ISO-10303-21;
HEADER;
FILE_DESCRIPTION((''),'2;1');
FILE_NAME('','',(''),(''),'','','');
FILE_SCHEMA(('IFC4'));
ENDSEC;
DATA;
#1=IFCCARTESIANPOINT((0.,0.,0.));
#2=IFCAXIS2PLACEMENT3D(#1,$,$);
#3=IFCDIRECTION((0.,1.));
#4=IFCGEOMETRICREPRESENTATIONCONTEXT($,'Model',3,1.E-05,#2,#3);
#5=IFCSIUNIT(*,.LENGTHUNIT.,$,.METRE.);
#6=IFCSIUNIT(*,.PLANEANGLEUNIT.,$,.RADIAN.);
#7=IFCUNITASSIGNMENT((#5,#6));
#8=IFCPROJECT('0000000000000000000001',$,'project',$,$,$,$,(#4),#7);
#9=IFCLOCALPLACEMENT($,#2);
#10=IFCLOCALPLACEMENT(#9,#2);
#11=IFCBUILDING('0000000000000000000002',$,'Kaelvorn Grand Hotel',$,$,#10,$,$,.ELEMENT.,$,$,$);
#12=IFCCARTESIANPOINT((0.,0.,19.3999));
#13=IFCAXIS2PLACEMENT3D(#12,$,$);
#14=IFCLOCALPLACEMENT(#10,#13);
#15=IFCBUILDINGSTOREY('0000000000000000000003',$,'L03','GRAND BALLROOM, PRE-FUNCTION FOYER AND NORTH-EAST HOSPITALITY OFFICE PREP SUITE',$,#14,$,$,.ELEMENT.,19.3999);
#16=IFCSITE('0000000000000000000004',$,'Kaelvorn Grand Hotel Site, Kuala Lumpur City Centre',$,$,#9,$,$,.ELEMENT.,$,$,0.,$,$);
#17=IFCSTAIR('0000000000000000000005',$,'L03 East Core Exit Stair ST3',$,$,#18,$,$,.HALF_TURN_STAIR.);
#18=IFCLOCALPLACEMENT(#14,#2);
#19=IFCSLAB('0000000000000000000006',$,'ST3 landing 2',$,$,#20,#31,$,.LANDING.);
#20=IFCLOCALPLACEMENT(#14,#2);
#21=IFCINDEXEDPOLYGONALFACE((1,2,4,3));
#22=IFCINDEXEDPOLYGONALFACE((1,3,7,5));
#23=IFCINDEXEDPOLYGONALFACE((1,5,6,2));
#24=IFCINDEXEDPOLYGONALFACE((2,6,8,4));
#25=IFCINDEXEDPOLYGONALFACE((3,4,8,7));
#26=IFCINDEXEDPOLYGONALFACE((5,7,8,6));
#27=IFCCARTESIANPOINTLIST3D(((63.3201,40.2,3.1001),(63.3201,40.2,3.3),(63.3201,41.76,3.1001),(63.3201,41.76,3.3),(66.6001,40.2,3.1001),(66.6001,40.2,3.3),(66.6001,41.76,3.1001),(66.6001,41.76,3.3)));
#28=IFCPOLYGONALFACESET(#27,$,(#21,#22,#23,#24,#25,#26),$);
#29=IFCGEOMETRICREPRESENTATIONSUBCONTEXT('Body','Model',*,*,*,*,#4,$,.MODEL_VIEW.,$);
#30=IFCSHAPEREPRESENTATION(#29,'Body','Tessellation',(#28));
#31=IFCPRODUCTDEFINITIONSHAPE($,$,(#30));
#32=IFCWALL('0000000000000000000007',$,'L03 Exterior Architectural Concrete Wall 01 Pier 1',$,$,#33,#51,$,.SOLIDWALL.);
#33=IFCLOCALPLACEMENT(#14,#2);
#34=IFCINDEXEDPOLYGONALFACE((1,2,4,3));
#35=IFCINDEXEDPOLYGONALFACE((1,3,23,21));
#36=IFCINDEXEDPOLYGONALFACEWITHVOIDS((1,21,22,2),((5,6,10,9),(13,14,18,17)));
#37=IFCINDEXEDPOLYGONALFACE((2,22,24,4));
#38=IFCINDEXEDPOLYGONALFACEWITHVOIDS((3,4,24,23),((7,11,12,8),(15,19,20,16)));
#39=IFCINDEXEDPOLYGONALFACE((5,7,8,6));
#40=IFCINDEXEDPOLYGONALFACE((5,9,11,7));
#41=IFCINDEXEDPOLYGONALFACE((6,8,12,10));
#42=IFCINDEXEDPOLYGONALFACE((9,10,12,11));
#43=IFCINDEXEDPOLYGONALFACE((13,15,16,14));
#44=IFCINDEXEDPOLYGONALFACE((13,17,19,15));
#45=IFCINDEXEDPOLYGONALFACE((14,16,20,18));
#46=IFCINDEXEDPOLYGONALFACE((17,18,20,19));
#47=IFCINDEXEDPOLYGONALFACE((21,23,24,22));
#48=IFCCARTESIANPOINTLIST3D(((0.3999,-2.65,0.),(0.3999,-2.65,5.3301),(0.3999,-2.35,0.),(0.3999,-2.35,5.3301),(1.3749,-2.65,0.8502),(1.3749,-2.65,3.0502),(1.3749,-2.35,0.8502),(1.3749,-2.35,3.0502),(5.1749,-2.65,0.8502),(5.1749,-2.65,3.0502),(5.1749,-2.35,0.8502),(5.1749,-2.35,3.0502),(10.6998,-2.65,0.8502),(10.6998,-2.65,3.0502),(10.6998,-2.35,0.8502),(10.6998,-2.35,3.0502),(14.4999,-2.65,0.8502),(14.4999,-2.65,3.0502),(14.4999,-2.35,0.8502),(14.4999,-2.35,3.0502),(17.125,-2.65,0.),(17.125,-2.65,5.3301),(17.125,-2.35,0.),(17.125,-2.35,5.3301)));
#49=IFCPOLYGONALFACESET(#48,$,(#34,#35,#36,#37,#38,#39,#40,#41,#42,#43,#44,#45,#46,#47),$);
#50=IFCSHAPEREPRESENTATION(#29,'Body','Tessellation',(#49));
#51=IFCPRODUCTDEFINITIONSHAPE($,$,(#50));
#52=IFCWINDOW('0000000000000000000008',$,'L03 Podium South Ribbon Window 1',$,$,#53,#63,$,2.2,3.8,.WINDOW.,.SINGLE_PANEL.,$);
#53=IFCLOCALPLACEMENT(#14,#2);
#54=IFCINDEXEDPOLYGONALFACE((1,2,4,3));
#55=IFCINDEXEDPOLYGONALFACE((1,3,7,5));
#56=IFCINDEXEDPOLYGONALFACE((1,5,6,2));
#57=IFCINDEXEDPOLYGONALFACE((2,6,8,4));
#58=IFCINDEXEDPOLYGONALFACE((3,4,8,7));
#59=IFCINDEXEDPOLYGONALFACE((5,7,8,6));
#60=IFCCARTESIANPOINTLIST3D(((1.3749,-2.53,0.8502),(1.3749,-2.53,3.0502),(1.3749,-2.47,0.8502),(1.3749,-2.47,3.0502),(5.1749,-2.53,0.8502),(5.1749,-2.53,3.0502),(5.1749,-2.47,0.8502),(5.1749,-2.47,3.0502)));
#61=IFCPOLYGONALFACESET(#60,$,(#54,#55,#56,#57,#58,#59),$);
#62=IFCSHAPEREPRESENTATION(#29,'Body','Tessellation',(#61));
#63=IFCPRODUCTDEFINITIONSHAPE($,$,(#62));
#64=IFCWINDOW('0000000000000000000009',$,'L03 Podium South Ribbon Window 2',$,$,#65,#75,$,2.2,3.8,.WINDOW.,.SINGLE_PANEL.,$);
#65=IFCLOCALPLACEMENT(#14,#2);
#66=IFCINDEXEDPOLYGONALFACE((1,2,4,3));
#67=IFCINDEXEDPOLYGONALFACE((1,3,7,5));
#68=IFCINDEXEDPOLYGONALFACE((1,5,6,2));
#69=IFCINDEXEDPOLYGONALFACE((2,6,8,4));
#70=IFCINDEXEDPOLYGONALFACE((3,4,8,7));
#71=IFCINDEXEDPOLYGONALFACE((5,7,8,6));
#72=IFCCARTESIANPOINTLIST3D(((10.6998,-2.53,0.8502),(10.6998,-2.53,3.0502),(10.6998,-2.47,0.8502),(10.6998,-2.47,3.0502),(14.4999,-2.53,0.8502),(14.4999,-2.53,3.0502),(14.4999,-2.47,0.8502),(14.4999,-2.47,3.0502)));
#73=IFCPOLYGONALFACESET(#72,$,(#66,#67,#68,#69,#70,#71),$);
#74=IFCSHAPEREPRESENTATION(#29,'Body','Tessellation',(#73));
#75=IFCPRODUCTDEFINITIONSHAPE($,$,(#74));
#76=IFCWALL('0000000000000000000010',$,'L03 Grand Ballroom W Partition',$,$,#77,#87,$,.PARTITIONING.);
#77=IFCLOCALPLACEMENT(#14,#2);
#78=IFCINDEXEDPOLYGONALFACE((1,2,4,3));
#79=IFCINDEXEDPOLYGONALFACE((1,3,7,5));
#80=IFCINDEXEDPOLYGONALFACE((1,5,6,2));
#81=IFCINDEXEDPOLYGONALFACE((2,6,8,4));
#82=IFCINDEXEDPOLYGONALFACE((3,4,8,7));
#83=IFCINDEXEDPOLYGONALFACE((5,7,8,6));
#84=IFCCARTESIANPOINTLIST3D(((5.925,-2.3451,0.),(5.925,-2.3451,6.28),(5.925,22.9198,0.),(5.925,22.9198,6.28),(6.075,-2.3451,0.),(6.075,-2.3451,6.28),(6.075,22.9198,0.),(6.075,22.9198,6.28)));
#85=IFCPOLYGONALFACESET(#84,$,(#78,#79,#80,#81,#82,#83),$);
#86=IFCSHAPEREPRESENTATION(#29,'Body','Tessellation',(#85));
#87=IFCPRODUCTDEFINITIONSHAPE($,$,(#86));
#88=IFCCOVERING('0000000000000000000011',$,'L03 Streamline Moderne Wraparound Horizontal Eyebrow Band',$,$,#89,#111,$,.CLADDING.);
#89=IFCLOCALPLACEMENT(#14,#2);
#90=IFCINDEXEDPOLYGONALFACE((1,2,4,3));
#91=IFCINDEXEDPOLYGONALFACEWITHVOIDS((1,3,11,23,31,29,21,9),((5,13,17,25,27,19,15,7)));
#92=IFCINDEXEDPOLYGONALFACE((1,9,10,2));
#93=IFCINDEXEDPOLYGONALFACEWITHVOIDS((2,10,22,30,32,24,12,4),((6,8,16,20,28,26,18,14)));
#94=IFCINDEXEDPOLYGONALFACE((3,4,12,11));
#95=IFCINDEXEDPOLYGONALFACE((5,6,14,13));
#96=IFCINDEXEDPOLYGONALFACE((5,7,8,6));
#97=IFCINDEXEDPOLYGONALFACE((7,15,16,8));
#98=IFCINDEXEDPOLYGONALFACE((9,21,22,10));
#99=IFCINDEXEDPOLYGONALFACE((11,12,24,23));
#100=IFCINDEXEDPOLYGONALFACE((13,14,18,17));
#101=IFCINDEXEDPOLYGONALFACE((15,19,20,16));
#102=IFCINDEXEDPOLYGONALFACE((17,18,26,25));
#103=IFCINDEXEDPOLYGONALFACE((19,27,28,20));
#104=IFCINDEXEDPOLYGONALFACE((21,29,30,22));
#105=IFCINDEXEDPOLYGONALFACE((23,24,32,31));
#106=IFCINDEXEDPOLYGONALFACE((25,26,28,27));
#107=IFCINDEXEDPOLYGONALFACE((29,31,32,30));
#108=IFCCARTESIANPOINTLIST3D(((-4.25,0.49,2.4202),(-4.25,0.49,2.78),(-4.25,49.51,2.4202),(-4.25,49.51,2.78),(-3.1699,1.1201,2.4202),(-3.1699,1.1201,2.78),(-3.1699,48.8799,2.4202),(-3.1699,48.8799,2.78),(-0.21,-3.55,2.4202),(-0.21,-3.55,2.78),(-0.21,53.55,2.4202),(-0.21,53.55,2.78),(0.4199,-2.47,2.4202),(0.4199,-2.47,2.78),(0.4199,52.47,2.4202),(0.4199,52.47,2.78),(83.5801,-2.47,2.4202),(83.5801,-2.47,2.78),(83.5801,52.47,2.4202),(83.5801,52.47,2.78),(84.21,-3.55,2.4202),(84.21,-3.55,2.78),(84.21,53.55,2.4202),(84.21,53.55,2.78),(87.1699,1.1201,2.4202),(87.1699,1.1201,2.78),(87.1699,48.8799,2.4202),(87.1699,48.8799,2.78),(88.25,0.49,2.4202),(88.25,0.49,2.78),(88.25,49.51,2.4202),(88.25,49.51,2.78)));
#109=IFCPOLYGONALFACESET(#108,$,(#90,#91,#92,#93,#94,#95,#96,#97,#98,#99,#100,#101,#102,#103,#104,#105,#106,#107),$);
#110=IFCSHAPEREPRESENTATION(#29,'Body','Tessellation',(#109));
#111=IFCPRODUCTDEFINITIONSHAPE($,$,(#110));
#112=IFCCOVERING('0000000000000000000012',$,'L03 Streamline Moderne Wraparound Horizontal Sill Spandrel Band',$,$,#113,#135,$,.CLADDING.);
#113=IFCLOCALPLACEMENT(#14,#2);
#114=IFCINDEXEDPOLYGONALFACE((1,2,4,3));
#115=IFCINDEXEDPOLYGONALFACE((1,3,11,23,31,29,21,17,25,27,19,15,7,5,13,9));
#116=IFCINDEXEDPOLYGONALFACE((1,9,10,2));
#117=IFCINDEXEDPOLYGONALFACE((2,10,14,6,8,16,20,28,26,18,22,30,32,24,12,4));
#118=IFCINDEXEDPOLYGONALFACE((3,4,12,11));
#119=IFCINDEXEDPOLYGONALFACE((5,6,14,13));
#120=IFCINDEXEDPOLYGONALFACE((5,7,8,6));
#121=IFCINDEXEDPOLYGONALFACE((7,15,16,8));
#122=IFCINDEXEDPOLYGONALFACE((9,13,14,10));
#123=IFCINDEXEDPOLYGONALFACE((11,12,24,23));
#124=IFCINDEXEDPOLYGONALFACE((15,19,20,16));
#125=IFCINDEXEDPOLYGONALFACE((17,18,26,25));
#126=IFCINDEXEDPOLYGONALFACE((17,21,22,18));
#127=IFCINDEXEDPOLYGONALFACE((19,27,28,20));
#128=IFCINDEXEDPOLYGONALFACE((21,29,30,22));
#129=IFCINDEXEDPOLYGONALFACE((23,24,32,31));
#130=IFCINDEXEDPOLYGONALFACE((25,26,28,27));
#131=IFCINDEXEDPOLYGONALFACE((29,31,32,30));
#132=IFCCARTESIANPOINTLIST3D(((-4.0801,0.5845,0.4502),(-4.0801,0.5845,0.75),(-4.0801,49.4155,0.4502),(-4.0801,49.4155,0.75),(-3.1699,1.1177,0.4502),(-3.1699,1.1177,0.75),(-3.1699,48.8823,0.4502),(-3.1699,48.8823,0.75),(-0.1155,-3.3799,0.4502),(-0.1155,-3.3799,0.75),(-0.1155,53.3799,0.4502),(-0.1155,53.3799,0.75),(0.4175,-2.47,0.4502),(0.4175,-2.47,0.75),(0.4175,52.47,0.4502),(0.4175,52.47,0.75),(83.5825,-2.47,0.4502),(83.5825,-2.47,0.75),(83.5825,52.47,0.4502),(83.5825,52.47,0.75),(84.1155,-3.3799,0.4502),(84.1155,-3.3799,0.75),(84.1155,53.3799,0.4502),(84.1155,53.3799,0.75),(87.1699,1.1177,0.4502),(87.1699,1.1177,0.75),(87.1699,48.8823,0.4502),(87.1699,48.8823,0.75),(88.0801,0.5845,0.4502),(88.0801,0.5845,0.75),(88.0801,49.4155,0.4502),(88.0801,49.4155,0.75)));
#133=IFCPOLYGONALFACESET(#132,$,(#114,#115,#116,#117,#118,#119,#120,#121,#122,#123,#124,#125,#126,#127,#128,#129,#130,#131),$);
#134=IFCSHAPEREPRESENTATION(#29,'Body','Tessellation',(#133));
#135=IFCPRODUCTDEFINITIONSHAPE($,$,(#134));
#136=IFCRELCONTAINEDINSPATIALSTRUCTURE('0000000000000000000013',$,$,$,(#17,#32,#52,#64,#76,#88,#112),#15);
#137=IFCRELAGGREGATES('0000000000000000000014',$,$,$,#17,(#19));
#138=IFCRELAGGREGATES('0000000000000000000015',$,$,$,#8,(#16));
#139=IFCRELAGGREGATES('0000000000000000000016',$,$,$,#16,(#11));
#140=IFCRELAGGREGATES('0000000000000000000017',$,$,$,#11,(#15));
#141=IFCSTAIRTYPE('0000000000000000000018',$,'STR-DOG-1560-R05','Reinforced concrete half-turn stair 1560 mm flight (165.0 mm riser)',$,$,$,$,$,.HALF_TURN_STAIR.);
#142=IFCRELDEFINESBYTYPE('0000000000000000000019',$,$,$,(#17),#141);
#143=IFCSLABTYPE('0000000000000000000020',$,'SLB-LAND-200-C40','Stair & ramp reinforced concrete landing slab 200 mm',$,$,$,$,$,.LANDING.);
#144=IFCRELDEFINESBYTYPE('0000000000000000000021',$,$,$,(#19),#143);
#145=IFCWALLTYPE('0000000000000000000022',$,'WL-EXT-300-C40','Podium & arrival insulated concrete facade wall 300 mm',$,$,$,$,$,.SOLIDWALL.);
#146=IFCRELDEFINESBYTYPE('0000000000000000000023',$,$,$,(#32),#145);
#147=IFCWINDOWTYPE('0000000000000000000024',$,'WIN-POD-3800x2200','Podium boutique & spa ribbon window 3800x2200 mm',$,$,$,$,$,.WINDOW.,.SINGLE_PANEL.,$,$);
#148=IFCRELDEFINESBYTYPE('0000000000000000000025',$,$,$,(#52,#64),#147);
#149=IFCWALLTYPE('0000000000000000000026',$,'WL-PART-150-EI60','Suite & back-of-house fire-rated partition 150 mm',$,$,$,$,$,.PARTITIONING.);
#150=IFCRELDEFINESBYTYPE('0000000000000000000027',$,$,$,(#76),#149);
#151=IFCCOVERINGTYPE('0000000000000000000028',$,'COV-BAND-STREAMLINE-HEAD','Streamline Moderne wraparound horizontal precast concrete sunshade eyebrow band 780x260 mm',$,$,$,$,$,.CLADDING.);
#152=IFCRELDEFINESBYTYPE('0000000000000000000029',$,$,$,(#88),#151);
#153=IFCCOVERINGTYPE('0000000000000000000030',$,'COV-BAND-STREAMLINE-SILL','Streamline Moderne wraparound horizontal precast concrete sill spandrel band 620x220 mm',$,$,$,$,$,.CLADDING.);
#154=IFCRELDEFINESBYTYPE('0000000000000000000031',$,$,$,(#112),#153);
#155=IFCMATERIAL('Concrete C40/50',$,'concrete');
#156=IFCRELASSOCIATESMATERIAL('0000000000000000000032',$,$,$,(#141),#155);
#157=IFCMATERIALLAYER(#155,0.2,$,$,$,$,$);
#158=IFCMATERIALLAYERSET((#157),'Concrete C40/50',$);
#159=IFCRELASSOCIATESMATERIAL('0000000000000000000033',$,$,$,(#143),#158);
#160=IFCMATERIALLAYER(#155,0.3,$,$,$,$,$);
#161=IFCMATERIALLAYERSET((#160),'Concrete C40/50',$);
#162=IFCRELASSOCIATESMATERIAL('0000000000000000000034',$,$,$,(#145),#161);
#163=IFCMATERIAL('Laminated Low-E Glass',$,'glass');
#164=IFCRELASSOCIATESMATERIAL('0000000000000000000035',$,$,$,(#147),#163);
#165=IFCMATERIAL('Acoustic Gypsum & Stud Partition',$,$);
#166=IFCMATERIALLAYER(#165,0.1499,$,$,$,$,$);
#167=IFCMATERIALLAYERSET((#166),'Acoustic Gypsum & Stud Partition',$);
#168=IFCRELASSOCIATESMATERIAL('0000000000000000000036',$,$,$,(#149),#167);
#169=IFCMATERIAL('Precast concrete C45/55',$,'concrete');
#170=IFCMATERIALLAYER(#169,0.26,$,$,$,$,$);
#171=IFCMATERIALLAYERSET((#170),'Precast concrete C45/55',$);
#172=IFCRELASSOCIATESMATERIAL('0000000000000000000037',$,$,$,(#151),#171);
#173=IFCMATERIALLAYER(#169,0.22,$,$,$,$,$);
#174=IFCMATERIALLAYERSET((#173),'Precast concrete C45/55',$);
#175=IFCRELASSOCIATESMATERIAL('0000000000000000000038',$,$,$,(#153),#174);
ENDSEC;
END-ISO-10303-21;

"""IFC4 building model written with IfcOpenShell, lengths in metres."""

from ifc_helpers import new_model, si_unit, direction, frame, frame_2d, origin, place, context, subcontext, project, spatial, polyline, rectangle, outline, extrude, material, layer, layer_set, type_object, element, fill, aggregate, save


model = new_model("IFC4")

# Units and contexts
model_context = context("Model", 3, precision=1e-05, world=origin(), true_north=direction((0.0, 1.0)))
body_context = subcontext(model_context, "Body", "Model", "MODEL_VIEW")
ifc_project = project(units=[si_unit("LENGTHUNIT", "METRE"), si_unit("PLANEANGLEUNIT", "RADIAN")], contexts=[model_context])

# Site, building, storey
site_placement = place(None, origin())
site = spatial("IfcSite", under=ifc_project, at=site_placement, Name="Kaelvorn Grand Hotel Site, Kuala Lumpur City Centre", CompositionType="ELEMENT", RefElevation=0.0)
building_placement = place(site_placement, origin())
building = spatial("IfcBuilding", under=site, at=building_placement, Name="Kaelvorn Grand Hotel", CompositionType="ELEMENT")
storey_placement = place(building_placement, frame((0.0, 0.0, 19.3999)))
storey = spatial("IfcBuildingStorey", under=building, at=storey_placement, Name="L03", Description="GRAND BALLROOM, PRE-FUNCTION FOYER AND NORTH-EAST HOSPITALITY OFFICE PREP SUITE", CompositionType="ELEMENT", Elevation=19.3999)

# Shared definitions
ifc_material_1 = material(Name="Concrete C40/50", Category="concrete")

# Stair, slab
stair_type = type_object("IfcStairType", Name="STR-DOG-1560-R05", Description="Reinforced concrete half-turn stair 1560 mm flight (165.0 mm riser)", PredefinedType="HALF_TURN_STAIR", material=ifc_material_1)
ifc_layer_1 = layer(ifc_material_1, 0.2)
ifc_layer_set_1 = layer_set([ifc_layer_1], Name="Concrete C40/50")
slab_type_1 = type_object("IfcSlabType", Name="SLB-LAND-200-C40", Description="Stair & ramp reinforced concrete landing slab 200 mm", PredefinedType="LANDING", material=ifc_layer_set_1)
stair_1_placement = place(storey_placement, origin())
stair_1 = element("IfcStair", 1, at=stair_1_placement, inside=storey, type_object=stair_type, Name="L03 East Core Exit Stair ST3", PredefinedType="HALF_TURN_STAIR")
slab_1_placement = place(storey_placement, frame((0.0, 0.0, 3.1001)))
slab_1 = element("IfcSlab", 2, at=slab_1_placement, type_object=slab_type_1, Name="ST3 landing 2", PredefinedType="LANDING", context=body_context, shape_type="SweptSolid", body=[
    extrude(outline(polyline([(66.6001, 40.2), (66.6001, 41.76), (63.3201, 41.76), (63.3201, 40.2), (66.6001, 40.2)])), origin(), (0.0, 0.0, 1.0), 0.2),
])
aggregate(stair_1, [slab_1])

# Wall, openings, windows
ifc_layer_2 = layer(ifc_material_1, 0.3)
ifc_layer_set_2 = layer_set([ifc_layer_2], Name="Concrete C40/50")
wall_type_1 = type_object("IfcWallType", Name="WL-EXT-300-C40", Description="Podium & arrival insulated concrete facade wall 300 mm", PredefinedType="SOLIDWALL", material=ifc_layer_set_2)
wall_1_placement = place(storey_placement, frame((0.3999, -2.5, 0.0), z_axis=(0.0, 0.0, 1.0), x_axis=(1.0, 0.0, 0.0)))
wall_1 = element("IfcWall", 3, at=wall_1_placement, inside=storey, type_object=wall_type_1, Name="L03 Exterior Architectural Concrete Wall 01 Pier 1", PredefinedType="SOLIDWALL", context=body_context, shape_type="SweptSolid", body=[
    extrude(rectangle(XDim=16.7251, YDim=0.3, at=frame_2d((8.3625, 0.0))), origin(), (0.0, 0.0, 1.0), 5.3301),
])
opening_1_placement = place(wall_1_placement, frame((0.9751, 0.0, 0.8501)))
opening_1 = element("IfcOpeningElement", 4, at=opening_1_placement, cuts=wall_1, PredefinedType="OPENING", context=body_context, shape_type="SweptSolid", body=[
    extrude(rectangle(XDim=3.8, YDim=2.2, at=frame_2d((1.8999, 1.1001))), frame((0.0, 0.1602, 0.0), z_axis=(0.0, -1.0, 0.0), x_axis=(1.0, 0.0, 0.0)), (0.0, 0.0, 1.0), 0.3201),
])
opening_2_placement = place(wall_1_placement, frame((10.3, 0.0, 0.8501)))
opening_2 = element("IfcOpeningElement", 5, at=opening_2_placement, cuts=wall_1, PredefinedType="OPENING", context=body_context, shape_type="SweptSolid", body=[
    extrude(rectangle(XDim=3.8, YDim=2.2, at=frame_2d((1.8999, 1.1001))), frame((0.0, 0.1602, 0.0), z_axis=(0.0, -1.0, 0.0), x_axis=(1.0, 0.0, 0.0)), (0.0, 0.0, 1.0), 0.3201),
])
ifc_material_2 = material(Name="Laminated Low-E Glass", Category="glass")
window_type = type_object("IfcWindowType", Name="WIN-POD-3800x2200", Description="Podium boutique & spa ribbon window 3800x2200 mm", PartitioningType="SINGLE_PANEL", PredefinedType="WINDOW", material=ifc_material_2)
window_1_placement = place(opening_1_placement, origin())
window_1 = element("IfcWindow", 6, at=window_1_placement, inside=storey, type_object=window_type, Name="L03 Podium South Ribbon Window 1", OverallHeight=2.2, OverallWidth=3.8, PartitioningType="SINGLE_PANEL", PredefinedType="WINDOW", context=body_context, shape_type="SweptSolid", body=[
    extrude(rectangle(XDim=3.8, YDim=2.2, at=frame_2d((1.8999, 1.1001))), frame((0.0, 0.03, 0.0), z_axis=(0.0, -1.0, 0.0), x_axis=(1.0, 0.0, 0.0)), (0.0, 0.0, 1.0), 0.0601),
])
fill(opening_1, window_1)
window_2_placement = place(opening_2_placement, origin())
window_2 = element("IfcWindow", 7, at=window_2_placement, inside=storey, type_object=window_type, Name="L03 Podium South Ribbon Window 2", OverallHeight=2.2, OverallWidth=3.8, PartitioningType="SINGLE_PANEL", PredefinedType="WINDOW", context=body_context, shape_type="SweptSolid", body=[
    extrude(rectangle(XDim=3.8, YDim=2.2, at=frame_2d((1.8999, 1.1001))), frame((0.0, 0.03, 0.0), z_axis=(0.0, -1.0, 0.0), x_axis=(1.0, 0.0, 0.0)), (0.0, 0.0, 1.0), 0.0601),
])
fill(opening_2, window_2)

# Wall
ifc_material_3 = material(Name="Acoustic Gypsum & Stud Partition")
ifc_layer_3 = layer(ifc_material_3, 0.1499)
ifc_layer_set_3 = layer_set([ifc_layer_3], Name="Acoustic Gypsum & Stud Partition")
wall_type_2 = type_object("IfcWallType", Name="WL-PART-150-EI60", Description="Suite & back-of-house fire-rated partition 150 mm", PredefinedType="PARTITIONING", material=ifc_layer_set_3)
wall_2_placement = place(storey_placement, frame((6.0, -2.345, 0.0), z_axis=(0.0, 0.0, 1.0), x_axis=(0.0, 1.0, 0.0)))
element("IfcWall", 8, at=wall_2_placement, inside=storey, type_object=wall_type_2, Name="L03 Grand Ballroom W Partition", PredefinedType="PARTITIONING", context=body_context, shape_type="SweptSolid", body=[
    extrude(rectangle(XDim=25.2649, YDim=0.1499, at=frame_2d((12.6323, 0.0))), origin(), (0.0, 0.0, 1.0), 6.28),
])

# Coverings
ifc_material_4 = material(Name="Precast concrete C45/55", Category="concrete")
ifc_layer_4 = layer(ifc_material_4, 0.26)
ifc_layer_set_4 = layer_set([ifc_layer_4], Name="Precast concrete C45/55")
covering_type_1 = type_object("IfcCoveringType", Name="COV-BAND-STREAMLINE-HEAD", Description="Streamline Moderne wraparound horizontal precast concrete sunshade eyebrow band 780x260 mm", PredefinedType="CLADDING", material=ifc_layer_set_4)
covering_1_placement = place(storey_placement, frame((0.0, 0.0, 2.4202)))
element("IfcCovering", 9, at=covering_1_placement, inside=storey, type_object=covering_type_1, Name="L03 Streamline Moderne Wraparound Horizontal Eyebrow Band", PredefinedType="CLADDING", context=body_context, shape_type="SweptSolid", body=[
    extrude(outline(polyline([(-0.21, -3.55), (84.21, -3.55), (88.25, 0.49), (88.25, 49.51), (84.21, 53.55), (-0.21, 53.55), (-4.25, 49.51), (-4.25, 0.49), (-0.21, -3.55)]), holes=[polyline([(0.4199, -2.47), (83.5801, -2.47), (87.1699, 1.1201), (87.1699, 48.8799), (83.5801, 52.47), (0.4199, 52.47), (-3.1699, 48.8799), (-3.1699, 1.1201), (0.4199, -2.47)])]), origin(), (0.0, 0.0, 1.0), 0.3599),
])
ifc_layer_5 = layer(ifc_material_4, 0.22)
ifc_layer_set_5 = layer_set([ifc_layer_5], Name="Precast concrete C45/55")
covering_type_2 = type_object("IfcCoveringType", Name="COV-BAND-STREAMLINE-SILL", Description="Streamline Moderne wraparound horizontal precast concrete sill spandrel band 620x220 mm", PredefinedType="CLADDING", material=ifc_layer_set_5)
covering_2_placement = place(storey_placement, frame((0.0, 0.0, 0.4502)))
element("IfcCovering", 10, at=covering_2_placement, inside=storey, type_object=covering_type_2, Name="L03 Streamline Moderne Wraparound Horizontal Sill Spandrel Band", PredefinedType="CLADDING", context=body_context, shape_type="SweptSolid", body=[
    extrude(outline(polyline([(84.1155, -3.3799), (88.0801, 0.5845), (88.0801, 49.4155), (84.1155, 53.3799), (-0.1155, 53.3799), (-4.0801, 49.4155), (-4.0801, 0.5845), (-0.1155, -3.3799), (0.4175, -2.47), (-3.1699, 1.1177), (-3.1699, 48.8823), (0.4175, 52.47), (83.5825, 52.47), (87.1699, 48.8823), (87.1699, 1.1177), (83.5825, -2.47), (84.1155, -3.3799)])), origin(), (0.0, 0.0, 1.0), 0.2998),
])

save(model, "model.ifc")
